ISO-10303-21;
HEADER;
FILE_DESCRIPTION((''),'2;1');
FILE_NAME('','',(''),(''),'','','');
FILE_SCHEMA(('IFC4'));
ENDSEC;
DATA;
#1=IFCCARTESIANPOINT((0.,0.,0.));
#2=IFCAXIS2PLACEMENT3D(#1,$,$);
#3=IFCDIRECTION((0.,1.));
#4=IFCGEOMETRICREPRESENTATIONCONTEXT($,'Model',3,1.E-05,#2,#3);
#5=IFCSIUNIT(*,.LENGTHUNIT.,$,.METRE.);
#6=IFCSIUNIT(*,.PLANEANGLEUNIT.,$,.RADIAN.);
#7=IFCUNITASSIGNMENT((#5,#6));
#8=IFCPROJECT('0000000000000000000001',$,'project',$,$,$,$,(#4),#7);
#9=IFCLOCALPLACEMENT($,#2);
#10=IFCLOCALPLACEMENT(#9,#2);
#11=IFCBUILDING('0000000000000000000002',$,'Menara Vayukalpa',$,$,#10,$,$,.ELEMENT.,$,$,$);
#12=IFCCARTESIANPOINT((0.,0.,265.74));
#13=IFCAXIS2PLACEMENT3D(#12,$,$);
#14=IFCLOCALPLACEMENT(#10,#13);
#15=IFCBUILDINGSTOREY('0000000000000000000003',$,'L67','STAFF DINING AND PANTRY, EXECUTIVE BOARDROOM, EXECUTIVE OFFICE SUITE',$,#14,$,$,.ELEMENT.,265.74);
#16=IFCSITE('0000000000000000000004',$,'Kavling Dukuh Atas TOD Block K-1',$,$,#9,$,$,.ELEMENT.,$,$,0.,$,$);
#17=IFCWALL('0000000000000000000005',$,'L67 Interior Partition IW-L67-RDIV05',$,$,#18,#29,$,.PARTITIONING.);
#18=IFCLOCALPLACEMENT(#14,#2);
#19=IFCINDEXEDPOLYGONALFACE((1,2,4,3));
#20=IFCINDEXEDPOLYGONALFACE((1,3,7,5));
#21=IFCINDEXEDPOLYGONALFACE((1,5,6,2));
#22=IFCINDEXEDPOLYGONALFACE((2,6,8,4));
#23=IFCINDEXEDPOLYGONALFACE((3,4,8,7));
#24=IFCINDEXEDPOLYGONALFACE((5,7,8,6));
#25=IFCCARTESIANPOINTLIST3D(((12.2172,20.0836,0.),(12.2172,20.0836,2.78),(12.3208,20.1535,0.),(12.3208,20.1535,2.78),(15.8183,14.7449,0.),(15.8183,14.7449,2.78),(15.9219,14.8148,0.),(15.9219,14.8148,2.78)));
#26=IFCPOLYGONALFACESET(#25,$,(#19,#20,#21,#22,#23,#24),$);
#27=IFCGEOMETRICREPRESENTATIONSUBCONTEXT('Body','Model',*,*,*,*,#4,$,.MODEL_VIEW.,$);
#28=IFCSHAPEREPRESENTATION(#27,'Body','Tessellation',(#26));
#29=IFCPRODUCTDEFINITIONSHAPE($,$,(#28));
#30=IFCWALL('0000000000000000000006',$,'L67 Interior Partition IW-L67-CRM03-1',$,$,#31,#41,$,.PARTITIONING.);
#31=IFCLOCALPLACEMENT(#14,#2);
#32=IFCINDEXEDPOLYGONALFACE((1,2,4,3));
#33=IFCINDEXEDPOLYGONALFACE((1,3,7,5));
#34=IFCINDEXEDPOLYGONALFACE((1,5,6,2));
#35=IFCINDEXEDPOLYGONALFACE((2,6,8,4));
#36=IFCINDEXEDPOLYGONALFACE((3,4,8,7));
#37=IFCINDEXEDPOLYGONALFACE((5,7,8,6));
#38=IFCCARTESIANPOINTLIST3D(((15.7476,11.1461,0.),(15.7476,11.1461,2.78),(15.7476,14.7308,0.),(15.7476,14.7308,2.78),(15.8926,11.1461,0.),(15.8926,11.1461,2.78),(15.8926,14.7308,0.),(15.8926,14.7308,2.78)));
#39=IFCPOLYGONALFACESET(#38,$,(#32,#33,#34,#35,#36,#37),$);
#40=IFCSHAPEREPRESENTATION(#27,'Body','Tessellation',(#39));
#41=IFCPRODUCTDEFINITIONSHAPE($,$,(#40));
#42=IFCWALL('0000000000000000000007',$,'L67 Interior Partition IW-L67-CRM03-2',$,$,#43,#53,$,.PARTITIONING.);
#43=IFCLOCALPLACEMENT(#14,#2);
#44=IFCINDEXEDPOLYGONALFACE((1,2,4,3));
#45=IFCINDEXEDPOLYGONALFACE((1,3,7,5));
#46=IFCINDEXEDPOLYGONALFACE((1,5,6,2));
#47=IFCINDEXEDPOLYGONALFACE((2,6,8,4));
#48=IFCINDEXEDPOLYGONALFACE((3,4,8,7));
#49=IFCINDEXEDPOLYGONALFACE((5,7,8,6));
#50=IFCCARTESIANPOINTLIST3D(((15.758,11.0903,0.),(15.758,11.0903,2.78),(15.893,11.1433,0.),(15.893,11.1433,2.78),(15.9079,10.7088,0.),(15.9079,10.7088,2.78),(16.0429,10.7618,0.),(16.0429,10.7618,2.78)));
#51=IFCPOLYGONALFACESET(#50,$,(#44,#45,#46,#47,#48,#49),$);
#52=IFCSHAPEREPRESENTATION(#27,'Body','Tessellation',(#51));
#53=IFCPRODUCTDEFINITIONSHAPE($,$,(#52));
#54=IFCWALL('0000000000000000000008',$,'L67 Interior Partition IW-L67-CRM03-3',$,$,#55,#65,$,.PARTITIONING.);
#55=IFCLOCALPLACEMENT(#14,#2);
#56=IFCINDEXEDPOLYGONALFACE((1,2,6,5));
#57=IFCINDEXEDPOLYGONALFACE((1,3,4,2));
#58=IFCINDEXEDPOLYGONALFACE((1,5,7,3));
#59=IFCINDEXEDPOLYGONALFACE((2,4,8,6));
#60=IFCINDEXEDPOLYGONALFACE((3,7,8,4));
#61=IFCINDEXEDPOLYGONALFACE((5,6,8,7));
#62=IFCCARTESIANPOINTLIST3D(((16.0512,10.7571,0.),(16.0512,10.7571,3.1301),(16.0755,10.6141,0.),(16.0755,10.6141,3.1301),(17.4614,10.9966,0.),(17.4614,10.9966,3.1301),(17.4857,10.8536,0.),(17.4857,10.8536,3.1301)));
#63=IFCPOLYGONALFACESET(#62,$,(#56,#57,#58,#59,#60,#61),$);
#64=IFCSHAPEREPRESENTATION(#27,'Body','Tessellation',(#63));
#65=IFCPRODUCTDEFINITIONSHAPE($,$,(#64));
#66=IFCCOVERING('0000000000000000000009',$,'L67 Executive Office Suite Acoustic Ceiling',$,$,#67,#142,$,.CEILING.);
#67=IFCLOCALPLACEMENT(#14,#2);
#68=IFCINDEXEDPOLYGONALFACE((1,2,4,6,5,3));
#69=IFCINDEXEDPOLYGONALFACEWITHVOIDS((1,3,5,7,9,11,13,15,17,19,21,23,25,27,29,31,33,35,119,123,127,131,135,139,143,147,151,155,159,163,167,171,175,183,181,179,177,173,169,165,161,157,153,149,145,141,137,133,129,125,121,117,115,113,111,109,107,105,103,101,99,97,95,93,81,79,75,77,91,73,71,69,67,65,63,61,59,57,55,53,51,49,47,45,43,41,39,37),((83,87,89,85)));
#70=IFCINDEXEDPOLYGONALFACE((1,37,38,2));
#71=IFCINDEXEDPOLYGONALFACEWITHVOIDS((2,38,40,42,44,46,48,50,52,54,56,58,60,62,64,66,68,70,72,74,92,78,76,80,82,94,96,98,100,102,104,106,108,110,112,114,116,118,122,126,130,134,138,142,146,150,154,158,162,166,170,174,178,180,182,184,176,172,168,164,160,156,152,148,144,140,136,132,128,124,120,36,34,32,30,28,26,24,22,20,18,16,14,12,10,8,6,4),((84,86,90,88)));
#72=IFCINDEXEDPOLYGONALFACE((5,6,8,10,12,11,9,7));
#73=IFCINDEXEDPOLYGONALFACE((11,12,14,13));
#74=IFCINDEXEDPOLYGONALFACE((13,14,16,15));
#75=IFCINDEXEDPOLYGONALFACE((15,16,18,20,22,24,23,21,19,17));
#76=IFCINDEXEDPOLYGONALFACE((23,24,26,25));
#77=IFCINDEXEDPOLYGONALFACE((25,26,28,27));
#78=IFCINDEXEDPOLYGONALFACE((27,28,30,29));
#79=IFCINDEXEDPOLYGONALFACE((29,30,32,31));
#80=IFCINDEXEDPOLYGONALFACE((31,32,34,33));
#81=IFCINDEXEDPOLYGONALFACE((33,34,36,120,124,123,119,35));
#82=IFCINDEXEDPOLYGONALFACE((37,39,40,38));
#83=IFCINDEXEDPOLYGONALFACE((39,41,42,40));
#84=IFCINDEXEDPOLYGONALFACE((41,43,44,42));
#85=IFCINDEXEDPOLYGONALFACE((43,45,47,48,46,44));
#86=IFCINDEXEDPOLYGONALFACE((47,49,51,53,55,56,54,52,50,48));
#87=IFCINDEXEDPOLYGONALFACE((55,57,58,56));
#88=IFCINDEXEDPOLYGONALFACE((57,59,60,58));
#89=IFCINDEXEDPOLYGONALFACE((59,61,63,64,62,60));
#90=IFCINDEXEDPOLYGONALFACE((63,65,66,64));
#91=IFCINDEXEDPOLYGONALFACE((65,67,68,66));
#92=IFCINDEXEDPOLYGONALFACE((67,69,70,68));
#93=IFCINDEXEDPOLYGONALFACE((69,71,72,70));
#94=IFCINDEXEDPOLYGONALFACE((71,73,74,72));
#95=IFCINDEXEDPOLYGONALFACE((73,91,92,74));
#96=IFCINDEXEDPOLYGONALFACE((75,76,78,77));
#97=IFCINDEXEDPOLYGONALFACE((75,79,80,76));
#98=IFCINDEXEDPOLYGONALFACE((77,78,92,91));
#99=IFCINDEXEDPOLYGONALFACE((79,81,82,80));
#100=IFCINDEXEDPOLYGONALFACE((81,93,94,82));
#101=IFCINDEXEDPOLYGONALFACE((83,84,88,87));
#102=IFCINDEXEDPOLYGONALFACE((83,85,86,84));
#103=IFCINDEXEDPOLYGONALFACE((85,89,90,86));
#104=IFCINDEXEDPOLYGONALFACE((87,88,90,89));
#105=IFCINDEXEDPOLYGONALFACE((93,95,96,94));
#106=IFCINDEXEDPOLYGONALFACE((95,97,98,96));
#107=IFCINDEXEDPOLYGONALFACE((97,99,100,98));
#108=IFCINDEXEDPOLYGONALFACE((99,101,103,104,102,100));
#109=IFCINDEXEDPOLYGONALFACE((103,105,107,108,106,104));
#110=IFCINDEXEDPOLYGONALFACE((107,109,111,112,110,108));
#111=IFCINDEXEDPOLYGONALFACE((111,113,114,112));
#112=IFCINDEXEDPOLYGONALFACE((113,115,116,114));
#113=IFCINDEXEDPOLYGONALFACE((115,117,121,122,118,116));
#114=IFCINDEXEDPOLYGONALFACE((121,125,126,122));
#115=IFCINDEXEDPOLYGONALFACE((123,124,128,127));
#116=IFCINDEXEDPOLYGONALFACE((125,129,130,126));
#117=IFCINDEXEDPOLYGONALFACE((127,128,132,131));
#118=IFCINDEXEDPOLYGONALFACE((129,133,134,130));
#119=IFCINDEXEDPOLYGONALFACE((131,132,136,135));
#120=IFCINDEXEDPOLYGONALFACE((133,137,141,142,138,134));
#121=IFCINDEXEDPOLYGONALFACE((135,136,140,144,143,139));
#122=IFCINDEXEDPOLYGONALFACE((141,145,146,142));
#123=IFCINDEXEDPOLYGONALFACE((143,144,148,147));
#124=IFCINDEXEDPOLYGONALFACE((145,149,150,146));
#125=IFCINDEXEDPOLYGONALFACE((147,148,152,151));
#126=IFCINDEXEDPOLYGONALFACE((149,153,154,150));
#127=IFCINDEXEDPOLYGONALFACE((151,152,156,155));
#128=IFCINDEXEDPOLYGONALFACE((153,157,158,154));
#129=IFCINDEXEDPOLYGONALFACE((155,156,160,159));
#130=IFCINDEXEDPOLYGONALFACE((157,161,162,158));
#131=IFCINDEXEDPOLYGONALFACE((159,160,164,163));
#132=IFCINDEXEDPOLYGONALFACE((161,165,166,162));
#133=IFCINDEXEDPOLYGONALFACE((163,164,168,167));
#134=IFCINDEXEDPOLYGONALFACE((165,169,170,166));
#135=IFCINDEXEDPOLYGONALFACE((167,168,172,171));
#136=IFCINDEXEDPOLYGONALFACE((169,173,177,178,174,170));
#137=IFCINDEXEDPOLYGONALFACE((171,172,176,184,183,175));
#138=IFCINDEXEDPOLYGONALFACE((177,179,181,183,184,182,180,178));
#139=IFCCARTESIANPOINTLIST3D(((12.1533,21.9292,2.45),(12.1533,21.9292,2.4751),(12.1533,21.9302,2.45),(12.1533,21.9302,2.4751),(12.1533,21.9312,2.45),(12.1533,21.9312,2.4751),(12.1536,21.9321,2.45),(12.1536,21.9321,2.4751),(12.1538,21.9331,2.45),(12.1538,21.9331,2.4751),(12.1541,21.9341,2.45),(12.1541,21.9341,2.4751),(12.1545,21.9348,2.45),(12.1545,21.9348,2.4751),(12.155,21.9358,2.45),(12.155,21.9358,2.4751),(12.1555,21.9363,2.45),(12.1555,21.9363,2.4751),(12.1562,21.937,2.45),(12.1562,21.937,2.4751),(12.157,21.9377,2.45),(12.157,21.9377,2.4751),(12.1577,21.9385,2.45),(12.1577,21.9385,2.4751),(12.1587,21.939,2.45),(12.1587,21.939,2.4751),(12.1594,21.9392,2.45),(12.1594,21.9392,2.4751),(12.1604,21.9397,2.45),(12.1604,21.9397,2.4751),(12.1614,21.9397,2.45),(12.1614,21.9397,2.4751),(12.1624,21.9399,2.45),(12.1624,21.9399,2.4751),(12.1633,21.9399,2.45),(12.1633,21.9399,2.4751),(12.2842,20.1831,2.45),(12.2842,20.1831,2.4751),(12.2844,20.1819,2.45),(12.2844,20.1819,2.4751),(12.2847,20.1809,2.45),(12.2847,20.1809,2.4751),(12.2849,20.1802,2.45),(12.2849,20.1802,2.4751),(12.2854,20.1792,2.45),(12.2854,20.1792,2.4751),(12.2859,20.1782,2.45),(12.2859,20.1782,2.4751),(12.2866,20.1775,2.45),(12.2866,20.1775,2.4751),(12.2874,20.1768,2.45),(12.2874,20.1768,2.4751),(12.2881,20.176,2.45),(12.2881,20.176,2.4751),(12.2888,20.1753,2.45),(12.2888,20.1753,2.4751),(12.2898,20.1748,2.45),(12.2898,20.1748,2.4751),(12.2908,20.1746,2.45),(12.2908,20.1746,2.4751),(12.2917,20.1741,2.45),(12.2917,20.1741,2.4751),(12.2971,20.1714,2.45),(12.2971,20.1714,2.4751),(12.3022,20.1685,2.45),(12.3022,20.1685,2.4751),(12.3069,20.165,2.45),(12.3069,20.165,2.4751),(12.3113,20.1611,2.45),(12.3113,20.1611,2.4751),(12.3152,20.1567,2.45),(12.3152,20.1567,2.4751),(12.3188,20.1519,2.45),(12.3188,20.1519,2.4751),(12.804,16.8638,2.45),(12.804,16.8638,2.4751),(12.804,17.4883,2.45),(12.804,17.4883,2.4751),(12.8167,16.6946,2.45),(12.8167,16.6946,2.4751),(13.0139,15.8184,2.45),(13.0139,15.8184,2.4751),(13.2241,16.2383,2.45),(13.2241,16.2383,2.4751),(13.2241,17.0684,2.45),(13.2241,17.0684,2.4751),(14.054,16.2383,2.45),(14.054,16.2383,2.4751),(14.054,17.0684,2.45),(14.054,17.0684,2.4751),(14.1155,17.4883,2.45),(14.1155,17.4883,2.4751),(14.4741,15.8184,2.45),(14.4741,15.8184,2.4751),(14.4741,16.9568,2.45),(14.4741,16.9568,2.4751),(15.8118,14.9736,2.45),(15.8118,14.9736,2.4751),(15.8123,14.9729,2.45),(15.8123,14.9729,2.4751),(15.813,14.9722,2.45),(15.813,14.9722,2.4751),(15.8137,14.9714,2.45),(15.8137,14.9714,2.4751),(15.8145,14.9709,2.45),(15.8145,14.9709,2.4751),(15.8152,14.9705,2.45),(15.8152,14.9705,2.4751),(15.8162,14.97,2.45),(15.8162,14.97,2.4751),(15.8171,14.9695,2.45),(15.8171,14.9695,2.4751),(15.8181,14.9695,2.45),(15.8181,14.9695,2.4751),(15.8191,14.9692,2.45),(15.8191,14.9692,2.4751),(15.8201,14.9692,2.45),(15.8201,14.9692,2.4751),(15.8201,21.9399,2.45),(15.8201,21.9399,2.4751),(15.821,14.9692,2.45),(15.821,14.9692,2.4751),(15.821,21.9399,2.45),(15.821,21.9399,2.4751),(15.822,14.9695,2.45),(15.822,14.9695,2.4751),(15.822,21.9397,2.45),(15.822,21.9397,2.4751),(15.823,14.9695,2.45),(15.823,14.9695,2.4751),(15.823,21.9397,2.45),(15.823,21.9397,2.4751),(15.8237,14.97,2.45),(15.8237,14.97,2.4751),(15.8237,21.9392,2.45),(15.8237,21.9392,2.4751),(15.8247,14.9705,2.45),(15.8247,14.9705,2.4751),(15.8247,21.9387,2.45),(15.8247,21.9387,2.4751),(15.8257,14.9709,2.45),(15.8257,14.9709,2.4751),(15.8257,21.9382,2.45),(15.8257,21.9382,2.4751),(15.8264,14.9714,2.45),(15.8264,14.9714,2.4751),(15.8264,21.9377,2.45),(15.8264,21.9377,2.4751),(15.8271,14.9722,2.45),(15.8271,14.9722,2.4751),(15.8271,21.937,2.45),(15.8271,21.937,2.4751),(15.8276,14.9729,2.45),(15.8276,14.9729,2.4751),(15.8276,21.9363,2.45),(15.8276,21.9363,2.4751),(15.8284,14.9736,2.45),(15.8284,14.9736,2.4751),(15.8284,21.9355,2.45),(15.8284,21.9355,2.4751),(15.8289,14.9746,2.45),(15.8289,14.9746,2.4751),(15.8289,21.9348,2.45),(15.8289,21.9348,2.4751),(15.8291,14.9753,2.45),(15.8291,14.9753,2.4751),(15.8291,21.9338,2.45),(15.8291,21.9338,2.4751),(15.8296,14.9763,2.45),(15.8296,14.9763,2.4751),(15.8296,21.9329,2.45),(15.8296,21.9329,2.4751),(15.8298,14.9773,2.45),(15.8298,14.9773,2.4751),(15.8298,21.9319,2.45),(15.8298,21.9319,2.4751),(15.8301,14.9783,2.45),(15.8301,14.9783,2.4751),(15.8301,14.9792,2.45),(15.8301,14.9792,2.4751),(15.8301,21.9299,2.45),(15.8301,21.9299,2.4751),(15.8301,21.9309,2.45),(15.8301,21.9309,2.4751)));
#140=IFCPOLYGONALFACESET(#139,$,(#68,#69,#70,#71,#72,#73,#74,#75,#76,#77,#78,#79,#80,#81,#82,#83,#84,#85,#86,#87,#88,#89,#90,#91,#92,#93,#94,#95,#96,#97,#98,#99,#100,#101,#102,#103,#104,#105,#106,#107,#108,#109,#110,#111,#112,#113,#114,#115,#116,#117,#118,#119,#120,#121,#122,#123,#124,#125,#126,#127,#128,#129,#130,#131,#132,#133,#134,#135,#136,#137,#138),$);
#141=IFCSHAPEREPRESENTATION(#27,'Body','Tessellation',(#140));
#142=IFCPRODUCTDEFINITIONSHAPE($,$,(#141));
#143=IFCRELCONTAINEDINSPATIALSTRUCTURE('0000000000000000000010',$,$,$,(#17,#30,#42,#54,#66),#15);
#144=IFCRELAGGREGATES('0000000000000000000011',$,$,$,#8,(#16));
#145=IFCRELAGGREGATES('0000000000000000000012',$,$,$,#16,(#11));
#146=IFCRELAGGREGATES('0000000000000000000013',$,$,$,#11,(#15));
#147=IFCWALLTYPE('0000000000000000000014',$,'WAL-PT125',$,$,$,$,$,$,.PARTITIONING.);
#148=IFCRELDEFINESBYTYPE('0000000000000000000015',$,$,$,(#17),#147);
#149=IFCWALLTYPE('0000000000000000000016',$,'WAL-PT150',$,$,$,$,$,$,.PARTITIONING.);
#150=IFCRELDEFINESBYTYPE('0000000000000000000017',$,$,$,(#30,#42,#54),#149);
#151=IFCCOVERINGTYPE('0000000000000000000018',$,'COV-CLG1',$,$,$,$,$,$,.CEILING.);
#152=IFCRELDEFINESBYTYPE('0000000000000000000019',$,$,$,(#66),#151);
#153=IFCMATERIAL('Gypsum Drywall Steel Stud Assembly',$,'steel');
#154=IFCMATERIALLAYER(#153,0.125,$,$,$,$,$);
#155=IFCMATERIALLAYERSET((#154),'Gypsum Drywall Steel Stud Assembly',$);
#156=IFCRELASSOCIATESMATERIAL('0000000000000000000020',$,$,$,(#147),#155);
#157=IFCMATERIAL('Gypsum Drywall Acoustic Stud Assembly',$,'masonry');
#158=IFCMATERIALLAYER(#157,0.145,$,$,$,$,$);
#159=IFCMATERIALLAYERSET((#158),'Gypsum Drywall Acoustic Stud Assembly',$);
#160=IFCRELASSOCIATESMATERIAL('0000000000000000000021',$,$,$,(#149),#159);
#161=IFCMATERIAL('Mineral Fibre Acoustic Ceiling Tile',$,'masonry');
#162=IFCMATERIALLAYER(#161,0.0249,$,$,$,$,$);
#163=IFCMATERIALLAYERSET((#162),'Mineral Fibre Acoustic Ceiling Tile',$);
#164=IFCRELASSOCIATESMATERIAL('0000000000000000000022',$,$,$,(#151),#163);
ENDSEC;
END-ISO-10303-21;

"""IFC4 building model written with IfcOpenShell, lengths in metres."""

from ifc_helpers import new_model, si_unit, direction, frame, frame_2d, origin, place, context, subcontext, project, spatial, polyline, rectangle, outline, extrude, material, layer, layer_set, type_object, element, save


model = new_model("IFC4")

# Units and contexts
model_context = context("Model", 3, precision=1e-05, world=origin(), true_north=direction((0.0, 1.0)))
body_context = subcontext(model_context, "Body", "Model", "MODEL_VIEW")
ifc_project = project(units=[si_unit("LENGTHUNIT", "METRE"), si_unit("PLANEANGLEUNIT", "RADIAN")], contexts=[model_context])

# Site, building, storey
site_placement = place(None, origin())
site = spatial("IfcSite", under=ifc_project, at=site_placement, Name="Kavling Dukuh Atas TOD Block K-1", CompositionType="ELEMENT", RefElevation=0.0)
building_placement = place(site_placement, origin())
building = spatial("IfcBuilding", under=site, at=building_placement, Name="Menara Vayukalpa", CompositionType="ELEMENT")
storey_placement = place(building_placement, frame((0.0, 0.0, 265.74)))
storey = spatial("IfcBuildingStorey", under=building, at=storey_placement, Name="L67", Description="STAFF DINING AND PANTRY, EXECUTIVE BOARDROOM, EXECUTIVE OFFICE SUITE", CompositionType="ELEMENT", Elevation=265.74)

# Walls
ifc_material_1 = material(Name="Gypsum Drywall Steel Stud Assembly", Category="steel")
ifc_layer_1 = layer(ifc_material_1, 0.125)
ifc_layer_set_1 = layer_set([ifc_layer_1], Name="Gypsum Drywall Steel Stud Assembly")
wall_type_1 = type_object("IfcWallType", Name="WAL-PT125", PredefinedType="PARTITIONING", material=ifc_layer_set_1)
wall_1_placement = place(storey_placement, frame((12.269, 20.1184, 0.0), z_axis=(0.0, 0.0, 1.0), x_axis=(0.559207, -0.829028, 0.0)))
element("IfcWall", 1, at=wall_1_placement, inside=storey, type_object=wall_type_1, Name="L67 Interior Partition IW-L67-RDIV05", PredefinedType="PARTITIONING", context=body_context, shape_type="SweptSolid", body=[
    extrude(rectangle(XDim=6.4397, YDim=0.125, at=frame_2d((3.2197, 0.0))), origin(), (0.0, 0.0, 1.0), 2.78),
])
ifc_material_2 = material(Name="Gypsum Drywall Acoustic Stud Assembly", Category="masonry")
ifc_layer_2 = layer(ifc_material_2, 0.145)
ifc_layer_set_2 = layer_set([ifc_layer_2], Name="Gypsum Drywall Acoustic Stud Assembly")
wall_type_2 = type_object("IfcWallType", Name="WAL-PT150", PredefinedType="PARTITIONING", material=ifc_layer_set_2)
wall_2_placement = place(storey_placement, frame((15.8201, 14.731, 0.0), z_axis=(0.0, 0.0, 1.0), x_axis=(0.0, -1.0, 0.0)))
element("IfcWall", 2, at=wall_2_placement, inside=storey, type_object=wall_type_2, Name="L67 Interior Partition IW-L67-CRM03-1", PredefinedType="PARTITIONING", context=body_context, shape_type="SweptSolid", body=[
    extrude(rectangle(XDim=3.5847, YDim=0.145, at=frame_2d((1.7925, 0.0))), origin(), (0.0, 0.0, 1.0), 2.78),
])
wall_3_placement = place(storey_placement, frame((15.8254, 11.1169, 0.0), z_axis=(0.0, 0.0, 1.0), x_axis=(0.365634, -0.930759, 0.0)))
element("IfcWall", 3, at=wall_3_placement, inside=storey, type_object=wall_type_2, Name="L67 Interior Partition IW-L67-CRM03-2", PredefinedType="PARTITIONING", context=body_context, shape_type="SweptSolid", body=[
    extrude(rectangle(XDim=0.4099, YDim=0.145, at=frame_2d((0.2051, 0.0))), origin(), (0.0, 0.0, 1.0), 2.78),
])
wall_4_placement = place(storey_placement, frame((16.0632, 10.6855, 0.0), z_axis=(0.0, 0.0, 1.0), x_axis=(0.985882, 0.167443, 0.0)))
element("IfcWall", 4, at=wall_4_placement, inside=storey, type_object=wall_type_2, Name="L67 Interior Partition IW-L67-CRM03-3", PredefinedType="PARTITIONING", context=body_context, shape_type="SweptSolid", body=[
    extrude(rectangle(XDim=1.4304, YDim=0.145, at=frame_2d((0.7153, 0.0))), origin(), (0.0, 0.0, 1.0), 3.1301),
])

# Covering
ifc_material_3 = material(Name="Mineral Fibre Acoustic Ceiling Tile", Category="masonry")
ifc_layer_3 = layer(ifc_material_3, 0.0249)
ifc_layer_set_3 = layer_set([ifc_layer_3], Name="Mineral Fibre Acoustic Ceiling Tile")
covering_type_1 = type_object("IfcCoveringType", Name="COV-CLG1", PredefinedType="CEILING", material=ifc_layer_set_3)
covering_1_placement = place(storey_placement, frame((0.0, 0.0, 2.45)))
element("IfcCovering", 5, at=covering_1_placement, inside=storey, type_object=covering_type_1, Name="L67 Executive Office Suite Acoustic Ceiling", PredefinedType="CEILING", context=body_context, shape_type="SweptSolid", body=[
    extrude(outline(polyline([(12.804, 16.8638), (12.804, 17.4883), (14.1155, 17.4883), (12.3188, 20.1519), (12.3152, 20.1567), (12.3113, 20.1611), (12.3069, 20.165), (12.3022, 20.1685), (12.2971, 20.1714), (12.2917, 20.1741), (12.2908, 20.1746), (12.2898, 20.1748), (12.2888, 20.1753), (12.2881, 20.176), (12.2874, 20.1768), (12.2866, 20.1775), (12.2859, 20.1782), (12.2854, 20.1792), (12.2849, 20.1802), (12.2847, 20.1809), (12.2844, 20.1819), (12.2842, 20.1831), (12.1533, 21.9292), (12.1533, 21.9302), (12.1533, 21.9312), (12.1536, 21.9321), (12.1538, 21.9331), (12.1541, 21.9341), (12.1545, 21.9348), (12.155, 21.9358), (12.1555, 21.9363), (12.1562, 21.937), (12.157, 21.9377), (12.1577, 21.9385), (12.1587, 21.939), (12.1594, 21.9392), (12.1604, 21.9397), (12.1614, 21.9397), (12.1624, 21.9399), (12.1633, 21.9399), (15.8201, 21.9399), (15.821, 21.9399), (15.822, 21.9397), (15.823, 21.9397), (15.8237, 21.9392), (15.8247, 21.9387), (15.8257, 21.9382), (15.8264, 21.9377), (15.8271, 21.937), (15.8276, 21.9363), (15.8284, 21.9355), (15.8289, 21.9348), (15.8291, 21.9338), (15.8296, 21.9329), (15.8298, 21.9319), (15.8301, 21.9309), (15.8301, 21.9299), (15.8301, 14.9792), (15.8301, 14.9783), (15.8298, 14.9773), (15.8296, 14.9763), (15.8291, 14.9753), (15.8289, 14.9746), (15.8284, 14.9736), (15.8276, 14.9729), (15.8271, 14.9722), (15.8264, 14.9714), (15.8257, 14.9709), (15.8247, 14.9705), (15.8237, 14.97), (15.823, 14.9695), (15.822, 14.9695), (15.821, 14.9692), (15.8201, 14.9692), (15.8191, 14.9692), (15.8181, 14.9695), (15.8171, 14.9695), (15.8162, 14.97), (15.8152, 14.9705), (15.8145, 14.9709), (15.8137, 14.9714), (15.813, 14.9722), (15.8123, 14.9729), (15.8118, 14.9736), (14.4741, 16.9568), (14.4741, 15.8184), (13.0139, 15.8184), (12.8167, 16.6946), (12.804, 16.8638)]), holes=[polyline([(14.054, 17.0684), (13.2241, 17.0684), (13.2241, 16.2383), (14.054, 16.2383), (14.054, 17.0684)])]), origin(), (0.0, 0.0, 1.0), 0.0251),
])

save(model, "model.ifc")
